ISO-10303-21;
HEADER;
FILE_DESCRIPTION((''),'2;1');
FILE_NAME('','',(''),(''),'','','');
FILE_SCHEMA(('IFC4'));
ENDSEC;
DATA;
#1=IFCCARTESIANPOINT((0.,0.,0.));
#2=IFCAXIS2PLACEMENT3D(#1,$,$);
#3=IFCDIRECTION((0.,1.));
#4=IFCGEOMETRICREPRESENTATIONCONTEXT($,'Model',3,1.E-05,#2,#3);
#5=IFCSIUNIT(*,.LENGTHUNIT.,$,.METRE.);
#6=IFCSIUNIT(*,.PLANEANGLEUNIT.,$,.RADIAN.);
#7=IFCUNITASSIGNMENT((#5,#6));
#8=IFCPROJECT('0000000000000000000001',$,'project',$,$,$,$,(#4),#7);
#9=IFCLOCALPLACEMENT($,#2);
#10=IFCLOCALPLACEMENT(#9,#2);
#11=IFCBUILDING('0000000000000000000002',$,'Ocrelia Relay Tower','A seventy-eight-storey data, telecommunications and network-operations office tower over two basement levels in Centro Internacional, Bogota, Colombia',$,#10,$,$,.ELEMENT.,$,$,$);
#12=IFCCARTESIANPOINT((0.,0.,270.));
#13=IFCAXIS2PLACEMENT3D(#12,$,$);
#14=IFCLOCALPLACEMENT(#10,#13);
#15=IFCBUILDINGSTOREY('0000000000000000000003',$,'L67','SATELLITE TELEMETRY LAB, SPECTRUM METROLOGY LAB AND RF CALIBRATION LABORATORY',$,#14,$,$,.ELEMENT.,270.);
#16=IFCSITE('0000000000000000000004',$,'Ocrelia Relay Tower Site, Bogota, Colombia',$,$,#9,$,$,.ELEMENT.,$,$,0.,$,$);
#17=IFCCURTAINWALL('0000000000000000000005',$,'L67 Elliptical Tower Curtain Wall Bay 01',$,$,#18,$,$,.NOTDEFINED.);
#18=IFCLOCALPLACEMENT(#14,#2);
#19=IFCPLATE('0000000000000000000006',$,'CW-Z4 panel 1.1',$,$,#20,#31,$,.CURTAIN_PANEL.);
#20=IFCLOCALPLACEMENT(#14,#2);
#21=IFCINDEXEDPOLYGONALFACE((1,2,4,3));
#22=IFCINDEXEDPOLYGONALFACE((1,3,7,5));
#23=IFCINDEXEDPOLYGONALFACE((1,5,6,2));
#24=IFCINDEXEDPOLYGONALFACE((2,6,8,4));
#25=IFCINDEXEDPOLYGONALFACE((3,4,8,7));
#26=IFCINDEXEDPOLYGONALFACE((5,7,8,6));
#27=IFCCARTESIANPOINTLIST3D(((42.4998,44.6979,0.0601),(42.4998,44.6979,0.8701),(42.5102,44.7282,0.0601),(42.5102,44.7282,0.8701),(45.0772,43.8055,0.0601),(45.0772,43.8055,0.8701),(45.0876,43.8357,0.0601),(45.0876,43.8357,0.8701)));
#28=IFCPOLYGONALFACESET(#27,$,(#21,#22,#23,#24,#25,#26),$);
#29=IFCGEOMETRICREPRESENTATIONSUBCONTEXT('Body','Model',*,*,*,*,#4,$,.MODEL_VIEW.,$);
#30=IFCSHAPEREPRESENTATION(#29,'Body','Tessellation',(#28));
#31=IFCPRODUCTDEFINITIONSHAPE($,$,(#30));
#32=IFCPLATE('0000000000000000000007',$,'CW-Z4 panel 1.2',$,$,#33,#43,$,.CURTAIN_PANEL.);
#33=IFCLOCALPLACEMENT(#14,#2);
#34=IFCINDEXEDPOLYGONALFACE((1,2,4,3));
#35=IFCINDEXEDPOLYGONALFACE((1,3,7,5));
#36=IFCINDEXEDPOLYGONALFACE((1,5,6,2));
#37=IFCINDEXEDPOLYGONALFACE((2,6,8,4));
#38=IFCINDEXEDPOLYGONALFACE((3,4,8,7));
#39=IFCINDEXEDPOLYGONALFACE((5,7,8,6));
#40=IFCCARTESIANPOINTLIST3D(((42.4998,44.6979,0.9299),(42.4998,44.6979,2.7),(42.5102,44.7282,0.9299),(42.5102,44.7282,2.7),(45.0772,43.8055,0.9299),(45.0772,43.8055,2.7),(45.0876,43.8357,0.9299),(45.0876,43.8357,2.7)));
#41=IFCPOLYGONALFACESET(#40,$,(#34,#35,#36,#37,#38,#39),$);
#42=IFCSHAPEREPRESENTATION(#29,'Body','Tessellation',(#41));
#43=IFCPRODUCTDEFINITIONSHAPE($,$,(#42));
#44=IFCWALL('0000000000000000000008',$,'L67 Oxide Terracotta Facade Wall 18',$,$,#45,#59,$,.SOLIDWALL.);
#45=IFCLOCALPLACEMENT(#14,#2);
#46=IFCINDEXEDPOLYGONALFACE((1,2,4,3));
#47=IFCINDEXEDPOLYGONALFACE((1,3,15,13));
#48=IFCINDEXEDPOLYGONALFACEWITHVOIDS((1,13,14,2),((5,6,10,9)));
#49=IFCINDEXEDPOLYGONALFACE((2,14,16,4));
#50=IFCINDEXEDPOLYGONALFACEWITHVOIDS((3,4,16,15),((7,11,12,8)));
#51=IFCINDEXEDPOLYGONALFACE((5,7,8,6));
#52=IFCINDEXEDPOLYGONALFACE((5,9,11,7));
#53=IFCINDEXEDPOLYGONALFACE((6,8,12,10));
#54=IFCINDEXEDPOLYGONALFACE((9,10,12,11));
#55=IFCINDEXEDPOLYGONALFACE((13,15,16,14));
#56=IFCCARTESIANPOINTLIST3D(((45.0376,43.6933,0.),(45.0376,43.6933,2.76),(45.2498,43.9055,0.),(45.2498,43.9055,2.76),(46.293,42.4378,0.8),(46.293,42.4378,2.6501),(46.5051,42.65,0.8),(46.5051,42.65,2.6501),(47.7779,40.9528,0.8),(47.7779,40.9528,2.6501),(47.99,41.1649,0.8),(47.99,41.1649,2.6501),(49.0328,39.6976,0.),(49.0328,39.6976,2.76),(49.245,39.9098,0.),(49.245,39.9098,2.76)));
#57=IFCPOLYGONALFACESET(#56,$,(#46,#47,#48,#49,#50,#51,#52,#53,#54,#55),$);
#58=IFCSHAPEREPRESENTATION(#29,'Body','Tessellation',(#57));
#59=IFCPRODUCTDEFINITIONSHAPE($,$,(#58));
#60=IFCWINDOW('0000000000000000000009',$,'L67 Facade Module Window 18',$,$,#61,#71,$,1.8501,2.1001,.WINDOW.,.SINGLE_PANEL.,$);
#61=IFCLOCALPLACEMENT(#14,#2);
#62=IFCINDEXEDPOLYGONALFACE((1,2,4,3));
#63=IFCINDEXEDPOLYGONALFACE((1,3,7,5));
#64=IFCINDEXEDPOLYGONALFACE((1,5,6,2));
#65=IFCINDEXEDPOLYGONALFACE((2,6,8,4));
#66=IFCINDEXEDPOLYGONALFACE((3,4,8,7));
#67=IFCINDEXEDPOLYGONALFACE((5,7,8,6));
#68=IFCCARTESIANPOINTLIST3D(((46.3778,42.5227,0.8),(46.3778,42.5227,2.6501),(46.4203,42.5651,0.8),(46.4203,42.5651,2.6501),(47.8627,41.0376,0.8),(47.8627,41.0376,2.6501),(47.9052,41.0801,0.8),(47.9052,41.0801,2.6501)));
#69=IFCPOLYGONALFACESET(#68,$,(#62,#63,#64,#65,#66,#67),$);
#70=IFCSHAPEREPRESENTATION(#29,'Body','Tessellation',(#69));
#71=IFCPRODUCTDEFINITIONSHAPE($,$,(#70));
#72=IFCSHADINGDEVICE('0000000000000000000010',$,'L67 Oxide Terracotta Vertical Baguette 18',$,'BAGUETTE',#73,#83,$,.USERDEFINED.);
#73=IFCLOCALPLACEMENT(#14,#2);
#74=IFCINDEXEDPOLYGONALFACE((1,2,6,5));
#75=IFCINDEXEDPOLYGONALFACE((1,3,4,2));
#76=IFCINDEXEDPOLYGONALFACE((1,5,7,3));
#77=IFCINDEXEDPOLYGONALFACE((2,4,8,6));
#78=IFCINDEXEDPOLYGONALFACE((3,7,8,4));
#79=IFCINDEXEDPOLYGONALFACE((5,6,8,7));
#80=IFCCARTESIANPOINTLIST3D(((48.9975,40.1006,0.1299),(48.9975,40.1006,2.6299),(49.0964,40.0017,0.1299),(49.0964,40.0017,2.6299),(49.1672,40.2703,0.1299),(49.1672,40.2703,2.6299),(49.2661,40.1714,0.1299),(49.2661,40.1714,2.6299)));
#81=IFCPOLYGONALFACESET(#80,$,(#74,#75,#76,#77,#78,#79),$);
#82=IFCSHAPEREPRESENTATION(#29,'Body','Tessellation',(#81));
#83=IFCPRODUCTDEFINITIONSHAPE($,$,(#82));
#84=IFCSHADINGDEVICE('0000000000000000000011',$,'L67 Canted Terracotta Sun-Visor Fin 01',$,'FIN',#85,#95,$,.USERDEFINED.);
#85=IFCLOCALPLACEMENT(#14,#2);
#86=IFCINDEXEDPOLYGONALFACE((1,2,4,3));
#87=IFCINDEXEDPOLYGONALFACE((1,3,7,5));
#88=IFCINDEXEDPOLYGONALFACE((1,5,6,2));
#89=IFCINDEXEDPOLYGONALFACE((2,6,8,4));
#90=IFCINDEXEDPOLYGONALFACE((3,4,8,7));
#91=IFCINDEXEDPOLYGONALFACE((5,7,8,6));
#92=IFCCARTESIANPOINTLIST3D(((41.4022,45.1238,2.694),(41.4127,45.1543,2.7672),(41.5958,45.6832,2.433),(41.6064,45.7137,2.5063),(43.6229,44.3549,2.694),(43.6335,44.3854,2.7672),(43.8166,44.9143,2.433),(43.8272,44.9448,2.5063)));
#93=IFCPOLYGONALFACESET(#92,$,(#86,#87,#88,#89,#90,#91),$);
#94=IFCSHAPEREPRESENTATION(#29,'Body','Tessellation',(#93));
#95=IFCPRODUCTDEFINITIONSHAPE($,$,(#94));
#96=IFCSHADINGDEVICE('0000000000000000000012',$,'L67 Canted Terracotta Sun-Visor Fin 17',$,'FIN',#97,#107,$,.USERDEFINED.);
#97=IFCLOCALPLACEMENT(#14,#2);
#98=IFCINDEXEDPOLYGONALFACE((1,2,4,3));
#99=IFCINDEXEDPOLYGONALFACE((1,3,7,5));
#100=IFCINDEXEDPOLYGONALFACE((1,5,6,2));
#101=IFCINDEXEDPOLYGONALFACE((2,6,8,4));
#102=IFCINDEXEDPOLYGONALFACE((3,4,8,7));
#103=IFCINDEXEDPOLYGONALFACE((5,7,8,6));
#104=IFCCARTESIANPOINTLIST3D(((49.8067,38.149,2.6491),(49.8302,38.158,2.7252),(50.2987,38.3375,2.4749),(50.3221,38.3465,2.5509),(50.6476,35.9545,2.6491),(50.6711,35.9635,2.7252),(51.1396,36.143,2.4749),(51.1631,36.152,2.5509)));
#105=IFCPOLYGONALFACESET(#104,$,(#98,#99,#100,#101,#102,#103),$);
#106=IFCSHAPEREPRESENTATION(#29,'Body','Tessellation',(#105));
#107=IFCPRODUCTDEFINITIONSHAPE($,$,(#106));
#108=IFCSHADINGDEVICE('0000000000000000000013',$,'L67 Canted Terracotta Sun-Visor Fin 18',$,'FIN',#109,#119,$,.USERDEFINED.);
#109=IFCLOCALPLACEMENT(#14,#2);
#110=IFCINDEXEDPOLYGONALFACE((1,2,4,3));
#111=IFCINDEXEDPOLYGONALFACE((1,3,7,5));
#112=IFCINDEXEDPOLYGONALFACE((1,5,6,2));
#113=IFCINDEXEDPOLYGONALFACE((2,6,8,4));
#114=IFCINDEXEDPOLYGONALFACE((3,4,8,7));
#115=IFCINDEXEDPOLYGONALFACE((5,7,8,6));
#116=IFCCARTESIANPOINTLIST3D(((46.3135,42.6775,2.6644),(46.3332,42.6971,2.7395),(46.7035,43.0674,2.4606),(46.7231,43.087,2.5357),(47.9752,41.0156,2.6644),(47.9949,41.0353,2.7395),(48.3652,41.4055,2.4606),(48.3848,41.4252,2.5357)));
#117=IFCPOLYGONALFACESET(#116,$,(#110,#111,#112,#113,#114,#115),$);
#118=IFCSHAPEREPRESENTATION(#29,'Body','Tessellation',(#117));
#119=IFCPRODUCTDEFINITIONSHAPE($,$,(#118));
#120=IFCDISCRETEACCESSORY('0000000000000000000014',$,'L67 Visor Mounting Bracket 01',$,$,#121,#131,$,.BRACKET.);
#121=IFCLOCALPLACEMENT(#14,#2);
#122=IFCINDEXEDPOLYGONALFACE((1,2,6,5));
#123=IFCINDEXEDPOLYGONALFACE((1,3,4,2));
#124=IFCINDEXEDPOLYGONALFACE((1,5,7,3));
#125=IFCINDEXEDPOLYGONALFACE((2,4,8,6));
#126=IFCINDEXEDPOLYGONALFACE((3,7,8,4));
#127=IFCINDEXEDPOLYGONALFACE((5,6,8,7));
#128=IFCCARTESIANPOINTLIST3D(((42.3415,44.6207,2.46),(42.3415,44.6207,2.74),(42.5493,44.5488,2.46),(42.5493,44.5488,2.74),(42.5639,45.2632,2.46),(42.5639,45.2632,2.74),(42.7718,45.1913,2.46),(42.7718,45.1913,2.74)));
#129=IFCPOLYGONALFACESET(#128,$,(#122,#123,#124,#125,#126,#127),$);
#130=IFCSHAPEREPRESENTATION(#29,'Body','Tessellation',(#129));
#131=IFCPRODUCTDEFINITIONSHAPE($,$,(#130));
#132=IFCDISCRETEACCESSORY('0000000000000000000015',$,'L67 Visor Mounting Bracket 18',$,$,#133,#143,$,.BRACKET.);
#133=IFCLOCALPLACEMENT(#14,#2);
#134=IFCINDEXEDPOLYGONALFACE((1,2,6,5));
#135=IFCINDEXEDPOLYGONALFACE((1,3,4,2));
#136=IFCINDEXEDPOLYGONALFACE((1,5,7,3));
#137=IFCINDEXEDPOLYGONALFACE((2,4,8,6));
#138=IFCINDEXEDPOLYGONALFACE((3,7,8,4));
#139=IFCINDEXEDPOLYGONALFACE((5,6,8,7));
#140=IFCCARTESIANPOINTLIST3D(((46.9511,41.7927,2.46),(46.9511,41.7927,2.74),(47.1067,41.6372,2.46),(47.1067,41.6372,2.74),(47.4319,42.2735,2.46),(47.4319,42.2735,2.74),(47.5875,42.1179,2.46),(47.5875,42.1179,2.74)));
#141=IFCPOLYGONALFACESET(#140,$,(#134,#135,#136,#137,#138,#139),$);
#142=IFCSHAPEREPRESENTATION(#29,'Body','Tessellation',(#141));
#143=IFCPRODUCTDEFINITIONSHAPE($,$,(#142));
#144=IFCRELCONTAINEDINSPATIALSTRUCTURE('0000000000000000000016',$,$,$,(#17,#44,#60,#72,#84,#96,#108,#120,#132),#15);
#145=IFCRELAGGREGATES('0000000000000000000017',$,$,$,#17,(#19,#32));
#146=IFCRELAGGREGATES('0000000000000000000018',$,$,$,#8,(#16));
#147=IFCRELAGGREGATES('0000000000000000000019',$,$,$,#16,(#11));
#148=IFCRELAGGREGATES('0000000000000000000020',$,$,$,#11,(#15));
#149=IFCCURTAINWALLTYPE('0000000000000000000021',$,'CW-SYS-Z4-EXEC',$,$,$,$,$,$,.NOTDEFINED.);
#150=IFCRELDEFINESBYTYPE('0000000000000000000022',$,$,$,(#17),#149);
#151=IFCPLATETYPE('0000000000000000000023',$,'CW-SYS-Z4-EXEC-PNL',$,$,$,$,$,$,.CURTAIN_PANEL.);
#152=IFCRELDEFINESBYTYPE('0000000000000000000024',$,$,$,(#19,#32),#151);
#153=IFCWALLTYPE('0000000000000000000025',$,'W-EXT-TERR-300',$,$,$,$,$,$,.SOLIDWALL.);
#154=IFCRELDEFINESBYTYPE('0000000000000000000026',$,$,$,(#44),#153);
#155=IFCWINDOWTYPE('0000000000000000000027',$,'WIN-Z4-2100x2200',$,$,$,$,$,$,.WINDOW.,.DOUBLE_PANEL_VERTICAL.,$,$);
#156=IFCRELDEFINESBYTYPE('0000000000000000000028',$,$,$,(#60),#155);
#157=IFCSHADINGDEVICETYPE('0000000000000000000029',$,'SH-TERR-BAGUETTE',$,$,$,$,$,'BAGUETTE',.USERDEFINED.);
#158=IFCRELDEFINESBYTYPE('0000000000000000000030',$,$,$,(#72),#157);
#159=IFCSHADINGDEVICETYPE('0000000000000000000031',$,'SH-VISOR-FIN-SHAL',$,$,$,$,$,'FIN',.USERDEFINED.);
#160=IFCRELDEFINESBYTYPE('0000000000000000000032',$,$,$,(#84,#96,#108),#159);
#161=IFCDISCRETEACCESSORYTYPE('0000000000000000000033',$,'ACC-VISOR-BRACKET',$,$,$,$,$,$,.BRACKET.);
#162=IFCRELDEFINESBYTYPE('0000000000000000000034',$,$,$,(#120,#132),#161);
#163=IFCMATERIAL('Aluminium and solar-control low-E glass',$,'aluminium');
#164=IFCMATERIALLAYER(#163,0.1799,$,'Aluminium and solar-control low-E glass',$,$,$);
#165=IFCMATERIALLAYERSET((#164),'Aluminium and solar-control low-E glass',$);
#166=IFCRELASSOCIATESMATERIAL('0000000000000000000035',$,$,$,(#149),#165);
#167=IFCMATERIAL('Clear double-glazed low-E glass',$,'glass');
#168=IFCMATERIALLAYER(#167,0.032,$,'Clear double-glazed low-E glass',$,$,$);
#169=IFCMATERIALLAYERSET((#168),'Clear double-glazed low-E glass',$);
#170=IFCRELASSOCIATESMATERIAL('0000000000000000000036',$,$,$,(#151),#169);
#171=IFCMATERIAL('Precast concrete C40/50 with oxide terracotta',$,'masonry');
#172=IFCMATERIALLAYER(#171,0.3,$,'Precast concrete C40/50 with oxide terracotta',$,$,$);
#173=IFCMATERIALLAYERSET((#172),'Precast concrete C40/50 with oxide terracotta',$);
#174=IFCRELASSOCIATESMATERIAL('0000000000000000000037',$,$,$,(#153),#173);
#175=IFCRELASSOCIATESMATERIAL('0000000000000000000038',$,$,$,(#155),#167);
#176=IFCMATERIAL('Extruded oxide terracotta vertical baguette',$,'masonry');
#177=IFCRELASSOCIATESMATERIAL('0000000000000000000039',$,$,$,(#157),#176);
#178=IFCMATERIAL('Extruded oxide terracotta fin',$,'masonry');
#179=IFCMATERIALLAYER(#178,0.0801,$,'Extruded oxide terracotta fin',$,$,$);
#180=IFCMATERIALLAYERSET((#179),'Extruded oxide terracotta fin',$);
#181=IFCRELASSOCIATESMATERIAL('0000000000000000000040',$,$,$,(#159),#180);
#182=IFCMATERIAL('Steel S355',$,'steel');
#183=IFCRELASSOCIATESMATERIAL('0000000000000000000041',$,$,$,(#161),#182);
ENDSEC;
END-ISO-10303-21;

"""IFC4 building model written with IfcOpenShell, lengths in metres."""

from ifc_helpers import new_model, si_unit, direction, frame, frame_2d, origin, origin_2d, place, context, subcontext, project, spatial, rectangle, extrude, material, layer, layer_set, type_object, element, fill, aggregate, save


model = new_model("IFC4")

# Units and contexts
model_context = context("Model", 3, precision=1e-05, world=origin(), true_north=direction((0.0, 1.0)))
body_context = subcontext(model_context, "Body", "Model", "MODEL_VIEW")
ifc_project = project(units=[si_unit("LENGTHUNIT", "METRE"), si_unit("PLANEANGLEUNIT", "RADIAN")], contexts=[model_context])

# Site, building, storey
site_placement = place(None, origin())
site = spatial("IfcSite", under=ifc_project, at=site_placement, Name="Ocrelia Relay Tower Site, Bogota, Colombia", CompositionType="ELEMENT", RefElevation=0.0)
building_placement = place(site_placement, origin())
building = spatial("IfcBuilding", under=site, at=building_placement, Name="Ocrelia Relay Tower", Description="A seventy-eight-storey data, telecommunications and network-operations office tower over two basement levels in Centro Internacional, Bogota, Colombia", CompositionType="ELEMENT")
storey_placement = place(building_placement, frame((0.0, 0.0, 270.0)))
storey = spatial("IfcBuildingStorey", under=building, at=storey_placement, Name="L67", Description="SATELLITE TELEMETRY LAB, SPECTRUM METROLOGY LAB AND RF CALIBRATION LABORATORY", CompositionType="ELEMENT", Elevation=270.0)

# Shared definitions
ifc_material_1 = material(Name="Steel S355", Category="steel")

# Curtain wall, plates
ifc_material_2 = material(Name="Aluminium and solar-control low-E glass", Category="aluminium")
ifc_layer_1 = layer(ifc_material_2, 0.1799, Name="Aluminium and solar-control low-E glass")
ifc_layer_set_1 = layer_set([ifc_layer_1], Name="Aluminium and solar-control low-E glass")
curtain_wall_type = type_object("IfcCurtainWallType", Name="CW-SYS-Z4-EXEC", PredefinedType="NOTDEFINED", material=ifc_layer_set_1)
curtain_wall_placement = place(storey_placement, origin())
curtain_wall = element("IfcCurtainWall", 1, at=curtain_wall_placement, inside=storey, type_object=curtain_wall_type, Name="L67 Elliptical Tower Curtain Wall Bay 01", PredefinedType="NOTDEFINED")
ifc_material_3 = material(Name="Clear double-glazed low-E glass", Category="glass")
ifc_layer_2 = layer(ifc_material_3, 0.032, Name="Clear double-glazed low-E glass")
ifc_layer_set_2 = layer_set([ifc_layer_2], Name="Clear double-glazed low-E glass")
plate_type = type_object("IfcPlateType", Name="CW-SYS-Z4-EXEC-PNL", PredefinedType="CURTAIN_PANEL", material=ifc_layer_set_2)
plate_1_placement = place(storey_placement, frame((43.7937, 44.2668, 0.0601), z_axis=(0.0, 0.0, 1.0), x_axis=(-0.94496, 0.327187, 0.0)))
plate_1 = element("IfcPlate", 2, at=plate_1_placement, type_object=plate_type, Name="CW-Z4 panel 1.1", PredefinedType="CURTAIN_PANEL", context=body_context, shape_type="SweptSolid", body=[
    extrude(rectangle(XDim=2.7275, YDim=0.032, at=origin_2d()), origin(), (0.0, 0.0, 1.0), 0.8101),
])
plate_2_placement = place(storey_placement, frame((43.7937, 44.2668, 0.9299), z_axis=(0.0, 0.0, 1.0), x_axis=(-0.94496, 0.327187, 0.0)))
plate_2 = element("IfcPlate", 3, at=plate_2_placement, type_object=plate_type, Name="CW-Z4 panel 1.2", PredefinedType="CURTAIN_PANEL", context=body_context, shape_type="SweptSolid", body=[
    extrude(rectangle(XDim=2.7275, YDim=0.032, at=origin_2d()), origin(), (0.0, 0.0, 1.0), 1.77),
])
aggregate(curtain_wall, [plate_1, plate_2])

# Wall, opening, window
ifc_material_4 = material(Name="Precast concrete C40/50 with oxide terracotta", Category="masonry")
ifc_layer_3 = layer(ifc_material_4, 0.3, Name="Precast concrete C40/50 with oxide terracotta")
ifc_layer_set_3 = layer_set([ifc_layer_3], Name="Precast concrete C40/50 with oxide terracotta")
wall_type = type_object("IfcWallType", Name="W-EXT-TERR-300", PredefinedType="SOLIDWALL", material=ifc_layer_set_3)
wall_placement = place(storey_placement, frame((49.1389, 39.8037, 0.0), z_axis=(0.0, 0.0, 1.0), x_axis=(-0.707064, 0.70715, 0.0)))
wall = element("IfcWall", 4, at=wall_placement, inside=storey, type_object=wall_type, Name="L67 Oxide Terracotta Facade Wall 18", PredefinedType="SOLIDWALL", context=body_context, shape_type="SweptSolid", body=[
    extrude(rectangle(XDim=5.6504, YDim=0.3, at=frame_2d((2.8252, 0.0))), origin(), (0.0, 0.0, 1.0), 2.76),
])
opening_placement = place(wall_placement, frame((1.7749, 0.0, 0.8)))
opening = element("IfcOpeningElement", 5, at=opening_placement, cuts=wall, PredefinedType="OPENING", context=body_context, shape_type="SweptSolid", body=[
    extrude(rectangle(XDim=2.1001, YDim=1.8501, at=frame_2d((1.05, 0.925))), frame((0.0, 0.1602, 0.0), z_axis=(0.0, -1.0, 0.0), x_axis=(1.0, 0.0, 0.0)), (0.0, 0.0, 1.0), 0.3201),
])
window_type = type_object("IfcWindowType", Name="WIN-Z4-2100x2200", PartitioningType="DOUBLE_PANEL_VERTICAL", PredefinedType="WINDOW", material=ifc_material_3)
window_placement = place(opening_placement, origin())
window = element("IfcWindow", 6, at=window_placement, inside=storey, type_object=window_type, Name="L67 Facade Module Window 18", OverallHeight=1.8501, OverallWidth=2.1001, PartitioningType="SINGLE_PANEL", PredefinedType="WINDOW", context=body_context, shape_type="SweptSolid", body=[
    extrude(rectangle(XDim=2.1001, YDim=1.8501, at=frame_2d((1.05, 0.925))), frame((0.0, 0.03, 0.0), z_axis=(0.0, -1.0, 0.0), x_axis=(1.0, 0.0, 0.0)), (0.0, 0.0, 1.0), 0.0601),
])
fill(opening, window)

# Shading devices
ifc_material_5 = material(Name="Extruded oxide terracotta vertical baguette", Category="masonry")
shading_device_type_1 = type_object("IfcShadingDeviceType", Name="SH-TERR-BAGUETTE", ElementType="BAGUETTE", PredefinedType="USERDEFINED", material=ifc_material_5)
shading_device_1_placement = place(storey_placement, frame((49.1318, 40.136, 0.1299), z_axis=(0.0, 0.0, 1.0), x_axis=(-0.70708, 0.707133, 0.0)))
element("IfcShadingDevice", 7, at=shading_device_1_placement, inside=storey, type_object=shading_device_type_1, Name="L67 Oxide Terracotta Vertical Baguette 18", ObjectType="BAGUETTE", PredefinedType="USERDEFINED", context=body_context, shape_type="SweptSolid", body=[
    extrude(rectangle(XDim=0.1399, YDim=0.24, at=origin_2d()), origin(), (0.0, 0.0, 1.0), 2.5),
])
ifc_material_6 = material(Name="Extruded oxide terracotta fin", Category="masonry")
ifc_layer_4 = layer(ifc_material_6, 0.0801, Name="Extruded oxide terracotta fin")
ifc_layer_set_4 = layer_set([ifc_layer_4], Name="Extruded oxide terracotta fin")
shading_device_type_2 = type_object("IfcShadingDeviceType", Name="SH-VISOR-FIN-SHAL", ElementType="FIN", PredefinedType="USERDEFINED", material=ifc_layer_set_4)
shading_device_2_placement = place(storey_placement, frame((42.6094, 45.019, 2.5635), z_axis=(0.131982, 0.381183, 0.91503), x_axis=(-0.94496, 0.327187, 0.0)))
element("IfcShadingDevice", 8, at=shading_device_2_placement, inside=storey, type_object=shading_device_type_2, Name="L67 Canted Terracotta Sun-Visor Fin 01", ObjectType="FIN", PredefinedType="USERDEFINED", context=body_context, shape_type="SweptSolid", body=[
    extrude(rectangle(XDim=2.3501, YDim=0.647, at=origin_2d()), origin(), (0.0, 0.0, 1.0), 0.0801),
])
shading_device_3_placement = place(storey_placement, frame((50.4731, 37.146, 2.562), z_axis=(0.293201, 0.112359, 0.949425), x_axis=(-0.357841, 0.933782, 0.0)))
element("IfcShadingDevice", 9, at=shading_device_3_placement, inside=storey, type_object=shading_device_type_2, Name="L67 Canted Terracotta Sun-Visor Fin 17", ObjectType="FIN", PredefinedType="USERDEFINED", context=body_context, shape_type="SweptSolid", body=[
    extrude(rectangle(XDim=2.3501, YDim=0.5549, at=origin_2d()), origin(), (0.0, 0.0, 1.0), 0.0801),
])
shading_device_4_placement = place(storey_placement, frame((47.3394, 42.0415, 2.5625), z_axis=(0.245214, 0.245196, 0.937949), x_axis=(-0.70708, 0.707133, 0.0)))
element("IfcShadingDevice", 10, at=shading_device_4_placement, inside=storey, type_object=shading_device_type_2, Name="L67 Canted Terracotta Sun-Visor Fin 18", ObjectType="FIN", PredefinedType="USERDEFINED", context=body_context, shape_type="SweptSolid", body=[
    extrude(rectangle(XDim=2.3501, YDim=0.5879, at=origin_2d()), origin(), (0.0, 0.0, 1.0), 0.0801),
])

# Discrete accessories
discrete_accessory_type = type_object("IfcDiscreteAccessoryType", Name="ACC-VISOR-BRACKET", PredefinedType="BRACKET", material=ifc_material_1)
for number, where, z_axis, x_axis, name in (
    (11, (42.5566, 44.906, 2.46), (0.0, 0.0, 1.0), (-0.94496, 0.327187, 0.0), "L67 Visor Mounting Bracket 01"),
    (12, (47.2693, 41.9553, 2.46), (0.0, 0.0, 1.0), (-0.70708, 0.707133, 0.0), "L67 Visor Mounting Bracket 18"),
):
    element("IfcDiscreteAccessory", number, at=place(storey_placement, frame(where, z_axis=z_axis, x_axis=x_axis)), inside=storey, type_object=discrete_accessory_type, Name=name, PredefinedType="BRACKET", context=body_context, shape_type="SweptSolid", body=[
        extrude(rectangle(XDim=0.22, YDim=0.6799, at=origin_2d()), origin(), (0.0, 0.0, 1.0), 0.28),
    ])

save(model, "model.ifc")
